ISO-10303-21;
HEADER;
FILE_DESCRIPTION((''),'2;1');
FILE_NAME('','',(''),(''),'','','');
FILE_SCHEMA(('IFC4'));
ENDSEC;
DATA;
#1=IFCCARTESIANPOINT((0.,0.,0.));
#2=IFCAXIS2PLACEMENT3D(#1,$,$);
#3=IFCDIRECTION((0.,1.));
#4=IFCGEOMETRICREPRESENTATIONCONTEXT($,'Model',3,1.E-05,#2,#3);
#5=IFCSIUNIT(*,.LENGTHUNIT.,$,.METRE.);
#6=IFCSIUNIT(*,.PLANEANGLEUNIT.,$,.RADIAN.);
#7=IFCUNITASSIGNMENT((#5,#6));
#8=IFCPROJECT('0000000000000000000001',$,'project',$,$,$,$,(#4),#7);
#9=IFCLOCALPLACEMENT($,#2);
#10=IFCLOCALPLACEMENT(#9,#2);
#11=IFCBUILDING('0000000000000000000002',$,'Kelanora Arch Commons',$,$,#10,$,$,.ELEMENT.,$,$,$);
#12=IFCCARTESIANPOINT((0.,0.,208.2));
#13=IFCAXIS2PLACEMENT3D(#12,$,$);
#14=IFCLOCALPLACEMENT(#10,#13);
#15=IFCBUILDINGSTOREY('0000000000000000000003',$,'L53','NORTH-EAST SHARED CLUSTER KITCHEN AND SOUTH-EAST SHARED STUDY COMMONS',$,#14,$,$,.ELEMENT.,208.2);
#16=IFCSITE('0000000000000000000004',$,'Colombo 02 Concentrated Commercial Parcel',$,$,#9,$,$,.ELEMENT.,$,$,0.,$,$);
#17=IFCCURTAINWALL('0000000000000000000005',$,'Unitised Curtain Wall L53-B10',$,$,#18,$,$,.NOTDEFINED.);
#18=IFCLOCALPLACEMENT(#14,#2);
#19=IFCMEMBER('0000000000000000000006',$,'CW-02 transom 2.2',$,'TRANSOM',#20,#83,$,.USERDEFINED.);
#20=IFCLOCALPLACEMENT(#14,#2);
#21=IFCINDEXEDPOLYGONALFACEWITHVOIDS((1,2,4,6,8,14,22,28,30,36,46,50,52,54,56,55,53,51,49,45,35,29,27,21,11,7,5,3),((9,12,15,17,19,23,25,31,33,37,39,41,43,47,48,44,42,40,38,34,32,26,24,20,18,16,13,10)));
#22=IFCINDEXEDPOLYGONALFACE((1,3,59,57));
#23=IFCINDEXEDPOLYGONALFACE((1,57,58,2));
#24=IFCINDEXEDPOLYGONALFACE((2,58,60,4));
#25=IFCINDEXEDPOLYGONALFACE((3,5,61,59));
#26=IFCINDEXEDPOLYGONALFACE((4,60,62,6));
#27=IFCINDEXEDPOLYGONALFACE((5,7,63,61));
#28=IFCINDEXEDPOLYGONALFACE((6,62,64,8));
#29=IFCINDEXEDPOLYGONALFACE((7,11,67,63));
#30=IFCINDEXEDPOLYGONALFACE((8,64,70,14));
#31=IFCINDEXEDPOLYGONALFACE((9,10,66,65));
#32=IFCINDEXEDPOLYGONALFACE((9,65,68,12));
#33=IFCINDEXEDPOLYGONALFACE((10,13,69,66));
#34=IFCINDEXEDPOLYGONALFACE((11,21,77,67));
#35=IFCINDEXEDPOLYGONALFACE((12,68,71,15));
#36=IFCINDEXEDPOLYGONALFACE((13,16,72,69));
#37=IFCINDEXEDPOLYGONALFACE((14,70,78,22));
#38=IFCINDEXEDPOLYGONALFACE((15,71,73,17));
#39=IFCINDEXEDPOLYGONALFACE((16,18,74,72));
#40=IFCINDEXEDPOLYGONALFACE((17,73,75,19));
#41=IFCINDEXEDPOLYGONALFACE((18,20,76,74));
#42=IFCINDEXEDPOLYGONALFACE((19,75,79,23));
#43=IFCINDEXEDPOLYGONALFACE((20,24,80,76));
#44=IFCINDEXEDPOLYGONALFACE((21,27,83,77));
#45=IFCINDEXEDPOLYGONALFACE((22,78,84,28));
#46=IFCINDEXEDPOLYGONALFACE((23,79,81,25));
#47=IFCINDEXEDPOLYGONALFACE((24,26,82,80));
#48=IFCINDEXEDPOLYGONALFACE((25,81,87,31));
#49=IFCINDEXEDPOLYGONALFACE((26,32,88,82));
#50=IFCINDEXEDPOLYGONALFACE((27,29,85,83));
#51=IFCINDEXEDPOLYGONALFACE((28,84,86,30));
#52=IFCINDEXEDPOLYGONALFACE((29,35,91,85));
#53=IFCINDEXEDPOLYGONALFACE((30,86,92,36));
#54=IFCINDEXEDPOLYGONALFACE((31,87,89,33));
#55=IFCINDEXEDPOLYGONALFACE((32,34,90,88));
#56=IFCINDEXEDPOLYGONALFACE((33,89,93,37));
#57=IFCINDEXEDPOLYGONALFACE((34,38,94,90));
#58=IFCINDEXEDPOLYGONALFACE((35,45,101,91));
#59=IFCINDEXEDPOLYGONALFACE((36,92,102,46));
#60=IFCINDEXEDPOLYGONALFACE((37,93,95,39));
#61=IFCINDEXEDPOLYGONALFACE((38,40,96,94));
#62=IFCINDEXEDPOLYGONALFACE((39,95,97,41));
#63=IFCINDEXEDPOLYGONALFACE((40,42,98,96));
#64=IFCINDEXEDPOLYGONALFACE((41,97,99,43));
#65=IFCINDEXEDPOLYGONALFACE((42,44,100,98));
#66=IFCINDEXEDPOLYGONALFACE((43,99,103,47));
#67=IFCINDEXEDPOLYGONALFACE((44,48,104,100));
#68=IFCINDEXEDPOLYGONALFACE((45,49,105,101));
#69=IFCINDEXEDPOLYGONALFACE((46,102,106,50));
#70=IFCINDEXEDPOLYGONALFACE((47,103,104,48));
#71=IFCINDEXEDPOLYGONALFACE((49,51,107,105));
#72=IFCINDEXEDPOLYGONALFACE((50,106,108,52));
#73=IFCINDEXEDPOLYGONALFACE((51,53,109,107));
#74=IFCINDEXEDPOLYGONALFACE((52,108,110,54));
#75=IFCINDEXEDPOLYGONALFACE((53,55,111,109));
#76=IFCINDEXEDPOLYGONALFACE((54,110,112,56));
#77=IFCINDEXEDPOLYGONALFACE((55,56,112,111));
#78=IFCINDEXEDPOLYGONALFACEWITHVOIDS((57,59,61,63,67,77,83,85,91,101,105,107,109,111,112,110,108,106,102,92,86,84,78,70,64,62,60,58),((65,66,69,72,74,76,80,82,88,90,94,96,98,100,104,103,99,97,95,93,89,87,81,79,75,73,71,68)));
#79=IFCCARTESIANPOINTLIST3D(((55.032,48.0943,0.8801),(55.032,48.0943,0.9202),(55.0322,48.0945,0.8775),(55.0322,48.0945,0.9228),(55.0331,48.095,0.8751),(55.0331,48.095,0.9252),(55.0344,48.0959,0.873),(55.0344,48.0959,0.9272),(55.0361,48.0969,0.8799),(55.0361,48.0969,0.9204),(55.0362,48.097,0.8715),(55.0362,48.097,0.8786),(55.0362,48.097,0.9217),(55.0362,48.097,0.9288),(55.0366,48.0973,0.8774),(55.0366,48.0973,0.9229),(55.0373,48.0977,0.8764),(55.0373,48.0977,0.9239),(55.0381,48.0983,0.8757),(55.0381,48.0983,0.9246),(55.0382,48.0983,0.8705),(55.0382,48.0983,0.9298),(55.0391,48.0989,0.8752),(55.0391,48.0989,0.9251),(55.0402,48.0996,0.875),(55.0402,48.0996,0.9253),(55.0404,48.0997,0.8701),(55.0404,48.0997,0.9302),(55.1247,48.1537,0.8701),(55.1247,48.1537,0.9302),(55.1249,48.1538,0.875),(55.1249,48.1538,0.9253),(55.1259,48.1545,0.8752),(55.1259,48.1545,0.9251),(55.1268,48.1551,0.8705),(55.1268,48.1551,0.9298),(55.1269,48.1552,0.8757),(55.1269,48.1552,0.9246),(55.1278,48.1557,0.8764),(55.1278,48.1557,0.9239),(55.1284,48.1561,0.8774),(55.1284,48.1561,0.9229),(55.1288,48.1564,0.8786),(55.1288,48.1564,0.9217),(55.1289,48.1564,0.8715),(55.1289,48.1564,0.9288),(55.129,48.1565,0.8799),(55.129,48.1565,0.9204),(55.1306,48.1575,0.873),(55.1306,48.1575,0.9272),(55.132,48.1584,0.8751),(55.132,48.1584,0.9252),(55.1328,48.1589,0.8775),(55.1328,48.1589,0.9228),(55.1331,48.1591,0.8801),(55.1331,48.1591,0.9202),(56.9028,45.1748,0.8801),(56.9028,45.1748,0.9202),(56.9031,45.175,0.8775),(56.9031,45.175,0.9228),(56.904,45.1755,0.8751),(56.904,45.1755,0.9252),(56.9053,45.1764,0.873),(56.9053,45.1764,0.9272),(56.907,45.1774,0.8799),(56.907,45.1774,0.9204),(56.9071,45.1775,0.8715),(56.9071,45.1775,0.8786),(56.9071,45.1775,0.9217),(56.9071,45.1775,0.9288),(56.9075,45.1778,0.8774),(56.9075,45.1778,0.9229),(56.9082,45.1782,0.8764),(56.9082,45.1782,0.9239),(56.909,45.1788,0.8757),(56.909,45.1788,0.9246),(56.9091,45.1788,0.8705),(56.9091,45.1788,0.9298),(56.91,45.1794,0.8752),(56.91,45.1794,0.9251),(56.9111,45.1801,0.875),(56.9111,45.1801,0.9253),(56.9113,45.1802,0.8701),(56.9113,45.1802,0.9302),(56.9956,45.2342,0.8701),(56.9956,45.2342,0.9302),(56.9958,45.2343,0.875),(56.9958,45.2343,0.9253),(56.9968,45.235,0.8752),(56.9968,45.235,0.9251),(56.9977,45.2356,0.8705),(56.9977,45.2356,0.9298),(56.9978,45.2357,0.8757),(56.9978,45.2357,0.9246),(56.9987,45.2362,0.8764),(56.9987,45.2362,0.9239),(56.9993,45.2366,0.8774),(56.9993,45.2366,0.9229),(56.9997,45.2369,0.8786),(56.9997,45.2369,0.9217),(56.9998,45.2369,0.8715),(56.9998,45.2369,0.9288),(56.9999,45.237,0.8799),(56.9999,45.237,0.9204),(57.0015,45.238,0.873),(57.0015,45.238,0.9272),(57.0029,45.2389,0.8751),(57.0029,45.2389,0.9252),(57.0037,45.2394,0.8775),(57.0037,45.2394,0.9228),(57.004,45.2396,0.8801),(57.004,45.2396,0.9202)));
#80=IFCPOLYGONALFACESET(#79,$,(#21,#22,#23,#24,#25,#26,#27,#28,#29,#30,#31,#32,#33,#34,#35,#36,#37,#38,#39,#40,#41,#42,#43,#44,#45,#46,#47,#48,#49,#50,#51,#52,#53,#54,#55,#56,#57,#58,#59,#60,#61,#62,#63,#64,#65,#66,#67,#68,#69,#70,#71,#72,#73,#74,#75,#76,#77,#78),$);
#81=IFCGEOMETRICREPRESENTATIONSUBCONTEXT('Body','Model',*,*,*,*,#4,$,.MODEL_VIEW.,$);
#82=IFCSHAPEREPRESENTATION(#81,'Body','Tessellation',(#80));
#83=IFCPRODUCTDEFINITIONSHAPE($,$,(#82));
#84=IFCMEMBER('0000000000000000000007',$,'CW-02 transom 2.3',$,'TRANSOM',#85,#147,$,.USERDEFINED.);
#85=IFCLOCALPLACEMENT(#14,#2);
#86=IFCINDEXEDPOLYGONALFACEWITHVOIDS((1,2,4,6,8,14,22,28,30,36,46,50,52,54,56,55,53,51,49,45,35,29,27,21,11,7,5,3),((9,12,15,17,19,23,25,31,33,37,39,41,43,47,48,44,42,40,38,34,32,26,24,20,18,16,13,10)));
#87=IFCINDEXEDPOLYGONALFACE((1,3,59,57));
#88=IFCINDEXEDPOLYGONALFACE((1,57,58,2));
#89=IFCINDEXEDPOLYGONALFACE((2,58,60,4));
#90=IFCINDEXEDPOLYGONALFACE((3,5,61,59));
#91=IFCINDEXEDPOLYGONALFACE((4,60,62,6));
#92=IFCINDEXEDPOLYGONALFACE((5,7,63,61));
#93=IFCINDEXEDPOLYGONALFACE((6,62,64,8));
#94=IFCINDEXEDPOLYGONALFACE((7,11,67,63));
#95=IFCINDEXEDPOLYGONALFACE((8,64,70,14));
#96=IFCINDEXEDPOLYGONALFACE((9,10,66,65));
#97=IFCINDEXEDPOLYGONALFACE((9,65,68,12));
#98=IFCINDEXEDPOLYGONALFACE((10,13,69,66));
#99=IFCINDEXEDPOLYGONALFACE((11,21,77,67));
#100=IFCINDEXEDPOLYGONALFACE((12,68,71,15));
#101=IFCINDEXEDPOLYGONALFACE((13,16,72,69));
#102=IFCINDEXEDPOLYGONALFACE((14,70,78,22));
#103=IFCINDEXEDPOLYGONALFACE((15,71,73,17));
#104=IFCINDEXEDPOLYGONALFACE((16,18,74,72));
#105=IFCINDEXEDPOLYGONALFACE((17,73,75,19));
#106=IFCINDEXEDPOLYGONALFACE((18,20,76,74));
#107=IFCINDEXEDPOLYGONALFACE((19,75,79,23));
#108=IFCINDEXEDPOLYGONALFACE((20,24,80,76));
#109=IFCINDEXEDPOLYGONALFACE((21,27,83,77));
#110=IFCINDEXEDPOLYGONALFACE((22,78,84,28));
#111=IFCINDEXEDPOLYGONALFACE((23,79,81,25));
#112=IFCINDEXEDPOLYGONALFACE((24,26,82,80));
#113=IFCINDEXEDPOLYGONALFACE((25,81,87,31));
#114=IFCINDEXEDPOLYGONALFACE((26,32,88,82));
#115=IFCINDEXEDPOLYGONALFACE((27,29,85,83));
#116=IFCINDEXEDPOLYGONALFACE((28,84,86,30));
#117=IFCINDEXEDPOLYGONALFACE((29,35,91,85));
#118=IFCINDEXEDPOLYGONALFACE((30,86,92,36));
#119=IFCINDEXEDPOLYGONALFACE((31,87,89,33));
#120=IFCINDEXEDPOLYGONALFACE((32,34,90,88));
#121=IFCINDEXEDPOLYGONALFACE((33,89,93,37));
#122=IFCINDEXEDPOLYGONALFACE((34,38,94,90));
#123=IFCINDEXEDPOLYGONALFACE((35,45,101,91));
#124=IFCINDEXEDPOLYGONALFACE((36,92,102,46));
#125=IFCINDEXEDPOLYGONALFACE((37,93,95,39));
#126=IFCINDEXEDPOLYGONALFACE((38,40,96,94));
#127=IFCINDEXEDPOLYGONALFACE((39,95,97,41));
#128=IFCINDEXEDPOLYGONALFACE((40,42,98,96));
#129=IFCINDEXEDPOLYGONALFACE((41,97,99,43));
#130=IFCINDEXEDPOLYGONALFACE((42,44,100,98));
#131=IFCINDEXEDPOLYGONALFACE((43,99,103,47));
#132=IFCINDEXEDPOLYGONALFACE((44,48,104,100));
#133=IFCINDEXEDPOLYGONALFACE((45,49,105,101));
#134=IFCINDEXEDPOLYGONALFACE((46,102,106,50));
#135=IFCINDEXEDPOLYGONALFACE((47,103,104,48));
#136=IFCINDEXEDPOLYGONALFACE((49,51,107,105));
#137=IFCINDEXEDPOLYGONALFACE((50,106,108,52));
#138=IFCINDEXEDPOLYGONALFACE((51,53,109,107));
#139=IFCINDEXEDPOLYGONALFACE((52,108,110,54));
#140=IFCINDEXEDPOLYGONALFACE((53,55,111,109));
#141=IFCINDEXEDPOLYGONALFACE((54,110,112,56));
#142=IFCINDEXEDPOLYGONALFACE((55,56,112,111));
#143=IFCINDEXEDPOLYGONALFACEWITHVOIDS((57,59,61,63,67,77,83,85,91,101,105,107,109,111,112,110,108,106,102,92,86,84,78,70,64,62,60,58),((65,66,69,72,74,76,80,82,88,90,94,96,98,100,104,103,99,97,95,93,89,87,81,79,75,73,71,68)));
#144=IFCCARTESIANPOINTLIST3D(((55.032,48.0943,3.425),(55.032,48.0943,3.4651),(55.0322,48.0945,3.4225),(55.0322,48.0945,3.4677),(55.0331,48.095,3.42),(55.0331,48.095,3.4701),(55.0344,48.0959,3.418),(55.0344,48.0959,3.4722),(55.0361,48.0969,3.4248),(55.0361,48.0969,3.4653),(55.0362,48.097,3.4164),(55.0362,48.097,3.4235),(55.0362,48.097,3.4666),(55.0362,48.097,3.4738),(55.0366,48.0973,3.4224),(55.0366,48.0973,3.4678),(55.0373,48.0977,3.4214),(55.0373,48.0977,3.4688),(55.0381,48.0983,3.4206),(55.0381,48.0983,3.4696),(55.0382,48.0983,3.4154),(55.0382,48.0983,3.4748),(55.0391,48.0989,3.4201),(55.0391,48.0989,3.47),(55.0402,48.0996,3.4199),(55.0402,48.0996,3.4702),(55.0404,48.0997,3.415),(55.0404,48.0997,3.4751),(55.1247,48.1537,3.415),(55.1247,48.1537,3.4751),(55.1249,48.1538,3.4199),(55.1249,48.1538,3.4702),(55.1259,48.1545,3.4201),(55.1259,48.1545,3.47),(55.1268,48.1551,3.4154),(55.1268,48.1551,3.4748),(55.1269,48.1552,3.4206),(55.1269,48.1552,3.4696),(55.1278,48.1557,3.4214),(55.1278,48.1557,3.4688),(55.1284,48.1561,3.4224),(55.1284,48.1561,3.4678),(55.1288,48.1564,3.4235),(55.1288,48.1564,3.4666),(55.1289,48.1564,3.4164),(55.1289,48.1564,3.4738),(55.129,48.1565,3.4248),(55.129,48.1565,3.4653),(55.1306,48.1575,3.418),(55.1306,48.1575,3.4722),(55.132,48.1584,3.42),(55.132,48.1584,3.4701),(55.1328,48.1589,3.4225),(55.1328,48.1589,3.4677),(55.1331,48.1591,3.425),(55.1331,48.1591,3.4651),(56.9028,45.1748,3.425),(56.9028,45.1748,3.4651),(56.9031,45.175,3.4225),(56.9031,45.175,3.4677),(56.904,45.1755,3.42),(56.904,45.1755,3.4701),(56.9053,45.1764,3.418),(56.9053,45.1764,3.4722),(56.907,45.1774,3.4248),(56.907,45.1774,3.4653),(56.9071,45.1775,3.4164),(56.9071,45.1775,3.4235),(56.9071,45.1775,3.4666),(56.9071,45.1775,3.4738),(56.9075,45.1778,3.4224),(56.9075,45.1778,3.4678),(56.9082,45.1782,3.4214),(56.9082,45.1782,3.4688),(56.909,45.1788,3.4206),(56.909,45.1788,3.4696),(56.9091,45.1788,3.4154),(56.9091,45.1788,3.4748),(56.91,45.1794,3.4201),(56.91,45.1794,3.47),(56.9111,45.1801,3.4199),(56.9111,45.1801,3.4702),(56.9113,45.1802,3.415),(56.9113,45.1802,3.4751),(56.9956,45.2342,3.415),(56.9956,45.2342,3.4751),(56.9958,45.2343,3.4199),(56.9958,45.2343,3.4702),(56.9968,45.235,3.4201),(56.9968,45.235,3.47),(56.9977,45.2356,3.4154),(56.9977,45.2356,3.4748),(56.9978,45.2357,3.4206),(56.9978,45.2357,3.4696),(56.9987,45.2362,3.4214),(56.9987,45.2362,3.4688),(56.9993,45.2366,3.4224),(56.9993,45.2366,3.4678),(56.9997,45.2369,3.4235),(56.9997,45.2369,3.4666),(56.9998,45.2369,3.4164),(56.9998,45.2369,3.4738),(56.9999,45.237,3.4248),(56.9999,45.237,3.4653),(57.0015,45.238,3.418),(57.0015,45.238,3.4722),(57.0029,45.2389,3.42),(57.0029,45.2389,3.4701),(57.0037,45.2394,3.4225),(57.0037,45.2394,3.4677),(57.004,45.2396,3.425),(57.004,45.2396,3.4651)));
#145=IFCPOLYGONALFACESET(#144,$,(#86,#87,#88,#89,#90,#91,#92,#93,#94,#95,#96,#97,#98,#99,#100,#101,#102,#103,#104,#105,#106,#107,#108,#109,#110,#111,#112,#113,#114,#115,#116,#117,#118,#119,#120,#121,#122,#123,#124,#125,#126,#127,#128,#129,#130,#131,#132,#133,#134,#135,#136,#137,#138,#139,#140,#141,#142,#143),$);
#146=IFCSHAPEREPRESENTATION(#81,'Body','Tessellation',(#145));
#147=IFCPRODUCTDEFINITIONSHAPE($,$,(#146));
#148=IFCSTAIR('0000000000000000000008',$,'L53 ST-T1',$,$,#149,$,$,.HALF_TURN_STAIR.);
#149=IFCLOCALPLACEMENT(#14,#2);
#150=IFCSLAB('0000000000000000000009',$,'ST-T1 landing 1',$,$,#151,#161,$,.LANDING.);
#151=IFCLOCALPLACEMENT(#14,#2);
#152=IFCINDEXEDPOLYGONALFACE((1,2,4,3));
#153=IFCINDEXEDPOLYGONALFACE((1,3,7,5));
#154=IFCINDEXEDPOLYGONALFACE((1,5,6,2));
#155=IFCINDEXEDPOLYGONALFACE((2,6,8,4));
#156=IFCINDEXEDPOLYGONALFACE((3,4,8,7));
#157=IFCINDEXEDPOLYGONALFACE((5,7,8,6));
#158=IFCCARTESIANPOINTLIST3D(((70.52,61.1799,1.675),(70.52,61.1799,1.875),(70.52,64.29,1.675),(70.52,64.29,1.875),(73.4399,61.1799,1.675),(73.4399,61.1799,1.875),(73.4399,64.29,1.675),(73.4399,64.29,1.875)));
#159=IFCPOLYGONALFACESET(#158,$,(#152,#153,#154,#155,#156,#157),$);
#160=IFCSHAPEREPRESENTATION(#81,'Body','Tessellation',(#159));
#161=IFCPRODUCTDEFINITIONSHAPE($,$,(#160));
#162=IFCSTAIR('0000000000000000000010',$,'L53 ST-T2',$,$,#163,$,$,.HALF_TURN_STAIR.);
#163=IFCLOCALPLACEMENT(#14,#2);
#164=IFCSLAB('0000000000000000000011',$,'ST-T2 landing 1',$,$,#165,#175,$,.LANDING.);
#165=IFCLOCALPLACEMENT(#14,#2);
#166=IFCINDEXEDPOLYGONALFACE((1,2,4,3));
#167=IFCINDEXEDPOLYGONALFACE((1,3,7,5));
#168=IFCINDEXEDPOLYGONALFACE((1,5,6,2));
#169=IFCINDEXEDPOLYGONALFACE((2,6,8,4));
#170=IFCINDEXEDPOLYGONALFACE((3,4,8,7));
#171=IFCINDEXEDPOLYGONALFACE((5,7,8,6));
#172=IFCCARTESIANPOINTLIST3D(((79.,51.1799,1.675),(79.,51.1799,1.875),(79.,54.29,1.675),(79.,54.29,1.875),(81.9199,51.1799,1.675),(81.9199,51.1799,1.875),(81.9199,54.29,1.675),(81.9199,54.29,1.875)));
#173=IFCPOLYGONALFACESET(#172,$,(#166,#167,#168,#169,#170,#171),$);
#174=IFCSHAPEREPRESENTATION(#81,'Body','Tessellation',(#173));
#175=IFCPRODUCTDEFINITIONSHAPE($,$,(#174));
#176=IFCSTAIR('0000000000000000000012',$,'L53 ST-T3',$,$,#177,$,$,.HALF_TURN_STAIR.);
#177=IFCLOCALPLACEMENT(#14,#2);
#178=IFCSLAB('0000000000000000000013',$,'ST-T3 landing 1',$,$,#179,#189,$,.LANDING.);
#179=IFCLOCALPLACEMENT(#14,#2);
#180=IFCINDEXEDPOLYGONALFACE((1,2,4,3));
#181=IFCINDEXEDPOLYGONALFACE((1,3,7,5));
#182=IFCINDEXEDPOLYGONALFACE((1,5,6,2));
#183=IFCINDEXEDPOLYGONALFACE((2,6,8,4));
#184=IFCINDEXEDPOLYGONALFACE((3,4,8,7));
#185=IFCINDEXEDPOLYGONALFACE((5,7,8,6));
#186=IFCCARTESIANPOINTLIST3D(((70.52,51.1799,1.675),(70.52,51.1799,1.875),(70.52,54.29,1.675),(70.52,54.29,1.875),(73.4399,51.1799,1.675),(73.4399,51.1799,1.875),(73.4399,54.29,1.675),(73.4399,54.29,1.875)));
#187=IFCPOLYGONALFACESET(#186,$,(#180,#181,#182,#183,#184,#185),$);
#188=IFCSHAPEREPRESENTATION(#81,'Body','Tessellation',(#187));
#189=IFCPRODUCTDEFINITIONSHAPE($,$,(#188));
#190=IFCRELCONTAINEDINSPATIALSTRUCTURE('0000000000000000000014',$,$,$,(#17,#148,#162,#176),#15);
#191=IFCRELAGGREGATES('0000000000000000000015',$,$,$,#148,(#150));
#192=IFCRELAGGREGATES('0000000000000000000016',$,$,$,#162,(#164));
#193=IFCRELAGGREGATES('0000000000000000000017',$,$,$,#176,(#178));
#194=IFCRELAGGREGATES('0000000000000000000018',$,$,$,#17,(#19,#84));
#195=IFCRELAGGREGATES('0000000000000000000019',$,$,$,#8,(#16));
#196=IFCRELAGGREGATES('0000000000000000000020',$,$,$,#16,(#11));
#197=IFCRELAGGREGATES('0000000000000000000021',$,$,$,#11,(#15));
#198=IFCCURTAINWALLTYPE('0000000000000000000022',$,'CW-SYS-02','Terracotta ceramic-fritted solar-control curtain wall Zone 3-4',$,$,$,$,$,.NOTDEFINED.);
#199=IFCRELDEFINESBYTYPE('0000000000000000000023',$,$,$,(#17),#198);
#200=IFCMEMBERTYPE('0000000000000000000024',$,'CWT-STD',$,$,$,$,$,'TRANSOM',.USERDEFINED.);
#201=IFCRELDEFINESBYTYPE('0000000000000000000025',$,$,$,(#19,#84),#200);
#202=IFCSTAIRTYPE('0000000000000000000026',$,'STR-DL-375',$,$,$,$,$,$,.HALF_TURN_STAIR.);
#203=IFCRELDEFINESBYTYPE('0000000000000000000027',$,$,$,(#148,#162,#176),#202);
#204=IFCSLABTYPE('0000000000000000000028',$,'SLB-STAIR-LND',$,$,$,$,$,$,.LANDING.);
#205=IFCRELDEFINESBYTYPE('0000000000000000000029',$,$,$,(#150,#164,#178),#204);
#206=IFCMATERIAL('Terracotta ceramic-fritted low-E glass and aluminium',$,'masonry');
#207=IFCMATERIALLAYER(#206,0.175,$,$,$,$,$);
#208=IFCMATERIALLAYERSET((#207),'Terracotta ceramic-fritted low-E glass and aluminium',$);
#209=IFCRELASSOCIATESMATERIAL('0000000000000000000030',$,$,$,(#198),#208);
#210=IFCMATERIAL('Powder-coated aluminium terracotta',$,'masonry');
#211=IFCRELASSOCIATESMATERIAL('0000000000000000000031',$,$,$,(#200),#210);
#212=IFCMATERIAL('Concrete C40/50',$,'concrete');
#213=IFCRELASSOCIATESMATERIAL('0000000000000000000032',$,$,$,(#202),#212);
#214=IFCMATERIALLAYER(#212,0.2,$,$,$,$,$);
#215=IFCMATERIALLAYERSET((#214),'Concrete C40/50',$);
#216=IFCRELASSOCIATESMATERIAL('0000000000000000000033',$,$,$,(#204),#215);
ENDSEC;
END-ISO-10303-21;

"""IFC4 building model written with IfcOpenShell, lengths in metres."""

from ifc_helpers import new_model, si_unit, direction, frame, origin, origin_2d, place, context, subcontext, project, spatial, polyline, hollow_rectangle, outline, extrude, material, layer, layer_set, material_profile, profile_set, type_object, element, aggregate, save


model = new_model("IFC4")

# Units and contexts
model_context = context("Model", 3, precision=1e-05, world=origin(), true_north=direction((0.0, 1.0)))
body_context = subcontext(model_context, "Body", "Model", "MODEL_VIEW")
ifc_project = project(units=[si_unit("LENGTHUNIT", "METRE"), si_unit("PLANEANGLEUNIT", "RADIAN")], contexts=[model_context])

# Site, building, storey
site_placement = place(None, origin())
site = spatial("IfcSite", under=ifc_project, at=site_placement, Name="Colombo 02 Concentrated Commercial Parcel", CompositionType="ELEMENT", RefElevation=0.0)
building_placement = place(site_placement, origin())
building = spatial("IfcBuilding", under=site, at=building_placement, Name="Kelanora Arch Commons", CompositionType="ELEMENT")
storey_placement = place(building_placement, frame((0.0, 0.0, 208.2)))
storey = spatial("IfcBuildingStorey", under=building, at=storey_placement, Name="L53", Description="NORTH-EAST SHARED CLUSTER KITCHEN AND SOUTH-EAST SHARED STUDY COMMONS", CompositionType="ELEMENT", Elevation=208.2)

# Curtain wall, members
ifc_material_1 = material(Name="Terracotta ceramic-fritted low-E glass and aluminium", Category="masonry")
ifc_layer_1 = layer(ifc_material_1, 0.175)
ifc_layer_set_1 = layer_set([ifc_layer_1], Name="Terracotta ceramic-fritted low-E glass and aluminium")
curtain_wall_type = type_object("IfcCurtainWallType", Name="CW-SYS-02", Description="Terracotta ceramic-fritted solar-control curtain wall Zone 3-4", PredefinedType="NOTDEFINED", material=ifc_layer_set_1)
curtain_wall_placement = place(storey_placement, origin())
curtain_wall = element("IfcCurtainWall", 1, at=curtain_wall_placement, inside=storey, type_object=curtain_wall_type, Name="Unitised Curtain Wall L53-B10", PredefinedType="NOTDEFINED")
ifc_material_2 = material(Name="Powder-coated aluminium terracotta", Category="masonry")
ifc_material_profile_1 = material_profile(ifc_material_2, hollow_rectangle(XDim=0.1201, YDim=0.0601, WallThickness=0.0049, InnerFilletRadius=0.0049, OuterFilletRadius=0.01, at=origin_2d()), Name="CWT120x60")
ifc_profile_set_1 = profile_set([ifc_material_profile_1], Name="Powder-coated aluminium terracotta")
member_type_1 = type_object("IfcMemberType", Name="CWT-STD", ElementType="TRANSOM", PredefinedType="USERDEFINED", material=ifc_profile_set_1)
member_1_placement = place(storey_placement, frame((55.0825, 48.1267, 0.9001), z_axis=(0.539547, -0.841955, 0.0), x_axis=(0.841955, 0.539547, 0.0)))
member_1 = element("IfcMember", 2, at=member_1_placement, type_object=member_type_1, Name="CW-02 transom 2.2", ObjectType="TRANSOM", PredefinedType="USERDEFINED", context=body_context, shape_type="SweptSolid", body=[
    extrude(hollow_rectangle(XDim=0.1201, YDim=0.0601, WallThickness=0.0049, InnerFilletRadius=0.0049, OuterFilletRadius=0.01, at=origin_2d()), origin(), (0.0, 0.0, 1.0), 3.4675),
])
member_2_placement = place(storey_placement, frame((55.0825, 48.1267, 3.4451), z_axis=(0.539547, -0.841955, 0.0), x_axis=(0.841955, 0.539547, 0.0)))
member_2 = element("IfcMember", 3, at=member_2_placement, type_object=member_type_1, Name="CW-02 transom 2.3", ObjectType="TRANSOM", PredefinedType="USERDEFINED", context=body_context, shape_type="SweptSolid", body=[
    extrude(hollow_rectangle(XDim=0.1201, YDim=0.0601, WallThickness=0.0049, InnerFilletRadius=0.0049, OuterFilletRadius=0.01, at=origin_2d()), origin(), (0.0, 0.0, 1.0), 3.4675),
])

# Stairs, slabs
ifc_material_3 = material(Name="Concrete C40/50", Category="concrete")
stair_type = type_object("IfcStairType", Name="STR-DL-375", PredefinedType="HALF_TURN_STAIR", material=ifc_material_3)
stair_1_placement = place(storey_placement, origin())
stair_1 = element("IfcStair", 4, at=stair_1_placement, inside=storey, type_object=stair_type, Name="L53 ST-T1", PredefinedType="HALF_TURN_STAIR")
ifc_layer_2 = layer(ifc_material_3, 0.2)
ifc_layer_set_2 = layer_set([ifc_layer_2], Name="Concrete C40/50")
slab_type_1 = type_object("IfcSlabType", Name="SLB-STAIR-LND", PredefinedType="LANDING", material=ifc_layer_set_2)
slab_1_placement = place(storey_placement, frame((0.0, 0.0, 1.675)))
slab_1 = element("IfcSlab", 5, at=slab_1_placement, type_object=slab_type_1, Name="ST-T1 landing 1", PredefinedType="LANDING", context=body_context, shape_type="SweptSolid", body=[
    extrude(outline(polyline([(70.52, 61.1799), (73.4399, 61.1799), (73.4399, 64.29), (70.52, 64.29), (70.52, 61.1799)])), origin(), (0.0, 0.0, 1.0), 0.2),
])
aggregate(stair_1, [slab_1])
stair_2_placement = place(storey_placement, origin())
stair_2 = element("IfcStair", 6, at=stair_2_placement, inside=storey, type_object=stair_type, Name="L53 ST-T2", PredefinedType="HALF_TURN_STAIR")
slab_2_placement = place(storey_placement, frame((0.0, 0.0, 1.675)))
slab_2 = element("IfcSlab", 7, at=slab_2_placement, type_object=slab_type_1, Name="ST-T2 landing 1", PredefinedType="LANDING", context=body_context, shape_type="SweptSolid", body=[
    extrude(outline(polyline([(79.0, 51.1799), (81.9199, 51.1799), (81.9199, 54.29), (79.0, 54.29), (79.0, 51.1799)])), origin(), (0.0, 0.0, 1.0), 0.2),
])
aggregate(stair_2, [slab_2])
stair_3_placement = place(storey_placement, origin())
stair_3 = element("IfcStair", 8, at=stair_3_placement, inside=storey, type_object=stair_type, Name="L53 ST-T3", PredefinedType="HALF_TURN_STAIR")
slab_3_placement = place(storey_placement, frame((0.0, 0.0, 1.675)))
slab_3 = element("IfcSlab", 9, at=slab_3_placement, type_object=slab_type_1, Name="ST-T3 landing 1", PredefinedType="LANDING", context=body_context, shape_type="SweptSolid", body=[
    extrude(outline(polyline([(70.52, 51.1799), (73.4399, 51.1799), (73.4399, 54.29), (70.52, 54.29), (70.52, 51.1799)])), origin(), (0.0, 0.0, 1.0), 0.2),
])
aggregate(stair_3, [slab_3])

aggregate(curtain_wall, [member_1, member_2])

save(model, "model.ifc")
